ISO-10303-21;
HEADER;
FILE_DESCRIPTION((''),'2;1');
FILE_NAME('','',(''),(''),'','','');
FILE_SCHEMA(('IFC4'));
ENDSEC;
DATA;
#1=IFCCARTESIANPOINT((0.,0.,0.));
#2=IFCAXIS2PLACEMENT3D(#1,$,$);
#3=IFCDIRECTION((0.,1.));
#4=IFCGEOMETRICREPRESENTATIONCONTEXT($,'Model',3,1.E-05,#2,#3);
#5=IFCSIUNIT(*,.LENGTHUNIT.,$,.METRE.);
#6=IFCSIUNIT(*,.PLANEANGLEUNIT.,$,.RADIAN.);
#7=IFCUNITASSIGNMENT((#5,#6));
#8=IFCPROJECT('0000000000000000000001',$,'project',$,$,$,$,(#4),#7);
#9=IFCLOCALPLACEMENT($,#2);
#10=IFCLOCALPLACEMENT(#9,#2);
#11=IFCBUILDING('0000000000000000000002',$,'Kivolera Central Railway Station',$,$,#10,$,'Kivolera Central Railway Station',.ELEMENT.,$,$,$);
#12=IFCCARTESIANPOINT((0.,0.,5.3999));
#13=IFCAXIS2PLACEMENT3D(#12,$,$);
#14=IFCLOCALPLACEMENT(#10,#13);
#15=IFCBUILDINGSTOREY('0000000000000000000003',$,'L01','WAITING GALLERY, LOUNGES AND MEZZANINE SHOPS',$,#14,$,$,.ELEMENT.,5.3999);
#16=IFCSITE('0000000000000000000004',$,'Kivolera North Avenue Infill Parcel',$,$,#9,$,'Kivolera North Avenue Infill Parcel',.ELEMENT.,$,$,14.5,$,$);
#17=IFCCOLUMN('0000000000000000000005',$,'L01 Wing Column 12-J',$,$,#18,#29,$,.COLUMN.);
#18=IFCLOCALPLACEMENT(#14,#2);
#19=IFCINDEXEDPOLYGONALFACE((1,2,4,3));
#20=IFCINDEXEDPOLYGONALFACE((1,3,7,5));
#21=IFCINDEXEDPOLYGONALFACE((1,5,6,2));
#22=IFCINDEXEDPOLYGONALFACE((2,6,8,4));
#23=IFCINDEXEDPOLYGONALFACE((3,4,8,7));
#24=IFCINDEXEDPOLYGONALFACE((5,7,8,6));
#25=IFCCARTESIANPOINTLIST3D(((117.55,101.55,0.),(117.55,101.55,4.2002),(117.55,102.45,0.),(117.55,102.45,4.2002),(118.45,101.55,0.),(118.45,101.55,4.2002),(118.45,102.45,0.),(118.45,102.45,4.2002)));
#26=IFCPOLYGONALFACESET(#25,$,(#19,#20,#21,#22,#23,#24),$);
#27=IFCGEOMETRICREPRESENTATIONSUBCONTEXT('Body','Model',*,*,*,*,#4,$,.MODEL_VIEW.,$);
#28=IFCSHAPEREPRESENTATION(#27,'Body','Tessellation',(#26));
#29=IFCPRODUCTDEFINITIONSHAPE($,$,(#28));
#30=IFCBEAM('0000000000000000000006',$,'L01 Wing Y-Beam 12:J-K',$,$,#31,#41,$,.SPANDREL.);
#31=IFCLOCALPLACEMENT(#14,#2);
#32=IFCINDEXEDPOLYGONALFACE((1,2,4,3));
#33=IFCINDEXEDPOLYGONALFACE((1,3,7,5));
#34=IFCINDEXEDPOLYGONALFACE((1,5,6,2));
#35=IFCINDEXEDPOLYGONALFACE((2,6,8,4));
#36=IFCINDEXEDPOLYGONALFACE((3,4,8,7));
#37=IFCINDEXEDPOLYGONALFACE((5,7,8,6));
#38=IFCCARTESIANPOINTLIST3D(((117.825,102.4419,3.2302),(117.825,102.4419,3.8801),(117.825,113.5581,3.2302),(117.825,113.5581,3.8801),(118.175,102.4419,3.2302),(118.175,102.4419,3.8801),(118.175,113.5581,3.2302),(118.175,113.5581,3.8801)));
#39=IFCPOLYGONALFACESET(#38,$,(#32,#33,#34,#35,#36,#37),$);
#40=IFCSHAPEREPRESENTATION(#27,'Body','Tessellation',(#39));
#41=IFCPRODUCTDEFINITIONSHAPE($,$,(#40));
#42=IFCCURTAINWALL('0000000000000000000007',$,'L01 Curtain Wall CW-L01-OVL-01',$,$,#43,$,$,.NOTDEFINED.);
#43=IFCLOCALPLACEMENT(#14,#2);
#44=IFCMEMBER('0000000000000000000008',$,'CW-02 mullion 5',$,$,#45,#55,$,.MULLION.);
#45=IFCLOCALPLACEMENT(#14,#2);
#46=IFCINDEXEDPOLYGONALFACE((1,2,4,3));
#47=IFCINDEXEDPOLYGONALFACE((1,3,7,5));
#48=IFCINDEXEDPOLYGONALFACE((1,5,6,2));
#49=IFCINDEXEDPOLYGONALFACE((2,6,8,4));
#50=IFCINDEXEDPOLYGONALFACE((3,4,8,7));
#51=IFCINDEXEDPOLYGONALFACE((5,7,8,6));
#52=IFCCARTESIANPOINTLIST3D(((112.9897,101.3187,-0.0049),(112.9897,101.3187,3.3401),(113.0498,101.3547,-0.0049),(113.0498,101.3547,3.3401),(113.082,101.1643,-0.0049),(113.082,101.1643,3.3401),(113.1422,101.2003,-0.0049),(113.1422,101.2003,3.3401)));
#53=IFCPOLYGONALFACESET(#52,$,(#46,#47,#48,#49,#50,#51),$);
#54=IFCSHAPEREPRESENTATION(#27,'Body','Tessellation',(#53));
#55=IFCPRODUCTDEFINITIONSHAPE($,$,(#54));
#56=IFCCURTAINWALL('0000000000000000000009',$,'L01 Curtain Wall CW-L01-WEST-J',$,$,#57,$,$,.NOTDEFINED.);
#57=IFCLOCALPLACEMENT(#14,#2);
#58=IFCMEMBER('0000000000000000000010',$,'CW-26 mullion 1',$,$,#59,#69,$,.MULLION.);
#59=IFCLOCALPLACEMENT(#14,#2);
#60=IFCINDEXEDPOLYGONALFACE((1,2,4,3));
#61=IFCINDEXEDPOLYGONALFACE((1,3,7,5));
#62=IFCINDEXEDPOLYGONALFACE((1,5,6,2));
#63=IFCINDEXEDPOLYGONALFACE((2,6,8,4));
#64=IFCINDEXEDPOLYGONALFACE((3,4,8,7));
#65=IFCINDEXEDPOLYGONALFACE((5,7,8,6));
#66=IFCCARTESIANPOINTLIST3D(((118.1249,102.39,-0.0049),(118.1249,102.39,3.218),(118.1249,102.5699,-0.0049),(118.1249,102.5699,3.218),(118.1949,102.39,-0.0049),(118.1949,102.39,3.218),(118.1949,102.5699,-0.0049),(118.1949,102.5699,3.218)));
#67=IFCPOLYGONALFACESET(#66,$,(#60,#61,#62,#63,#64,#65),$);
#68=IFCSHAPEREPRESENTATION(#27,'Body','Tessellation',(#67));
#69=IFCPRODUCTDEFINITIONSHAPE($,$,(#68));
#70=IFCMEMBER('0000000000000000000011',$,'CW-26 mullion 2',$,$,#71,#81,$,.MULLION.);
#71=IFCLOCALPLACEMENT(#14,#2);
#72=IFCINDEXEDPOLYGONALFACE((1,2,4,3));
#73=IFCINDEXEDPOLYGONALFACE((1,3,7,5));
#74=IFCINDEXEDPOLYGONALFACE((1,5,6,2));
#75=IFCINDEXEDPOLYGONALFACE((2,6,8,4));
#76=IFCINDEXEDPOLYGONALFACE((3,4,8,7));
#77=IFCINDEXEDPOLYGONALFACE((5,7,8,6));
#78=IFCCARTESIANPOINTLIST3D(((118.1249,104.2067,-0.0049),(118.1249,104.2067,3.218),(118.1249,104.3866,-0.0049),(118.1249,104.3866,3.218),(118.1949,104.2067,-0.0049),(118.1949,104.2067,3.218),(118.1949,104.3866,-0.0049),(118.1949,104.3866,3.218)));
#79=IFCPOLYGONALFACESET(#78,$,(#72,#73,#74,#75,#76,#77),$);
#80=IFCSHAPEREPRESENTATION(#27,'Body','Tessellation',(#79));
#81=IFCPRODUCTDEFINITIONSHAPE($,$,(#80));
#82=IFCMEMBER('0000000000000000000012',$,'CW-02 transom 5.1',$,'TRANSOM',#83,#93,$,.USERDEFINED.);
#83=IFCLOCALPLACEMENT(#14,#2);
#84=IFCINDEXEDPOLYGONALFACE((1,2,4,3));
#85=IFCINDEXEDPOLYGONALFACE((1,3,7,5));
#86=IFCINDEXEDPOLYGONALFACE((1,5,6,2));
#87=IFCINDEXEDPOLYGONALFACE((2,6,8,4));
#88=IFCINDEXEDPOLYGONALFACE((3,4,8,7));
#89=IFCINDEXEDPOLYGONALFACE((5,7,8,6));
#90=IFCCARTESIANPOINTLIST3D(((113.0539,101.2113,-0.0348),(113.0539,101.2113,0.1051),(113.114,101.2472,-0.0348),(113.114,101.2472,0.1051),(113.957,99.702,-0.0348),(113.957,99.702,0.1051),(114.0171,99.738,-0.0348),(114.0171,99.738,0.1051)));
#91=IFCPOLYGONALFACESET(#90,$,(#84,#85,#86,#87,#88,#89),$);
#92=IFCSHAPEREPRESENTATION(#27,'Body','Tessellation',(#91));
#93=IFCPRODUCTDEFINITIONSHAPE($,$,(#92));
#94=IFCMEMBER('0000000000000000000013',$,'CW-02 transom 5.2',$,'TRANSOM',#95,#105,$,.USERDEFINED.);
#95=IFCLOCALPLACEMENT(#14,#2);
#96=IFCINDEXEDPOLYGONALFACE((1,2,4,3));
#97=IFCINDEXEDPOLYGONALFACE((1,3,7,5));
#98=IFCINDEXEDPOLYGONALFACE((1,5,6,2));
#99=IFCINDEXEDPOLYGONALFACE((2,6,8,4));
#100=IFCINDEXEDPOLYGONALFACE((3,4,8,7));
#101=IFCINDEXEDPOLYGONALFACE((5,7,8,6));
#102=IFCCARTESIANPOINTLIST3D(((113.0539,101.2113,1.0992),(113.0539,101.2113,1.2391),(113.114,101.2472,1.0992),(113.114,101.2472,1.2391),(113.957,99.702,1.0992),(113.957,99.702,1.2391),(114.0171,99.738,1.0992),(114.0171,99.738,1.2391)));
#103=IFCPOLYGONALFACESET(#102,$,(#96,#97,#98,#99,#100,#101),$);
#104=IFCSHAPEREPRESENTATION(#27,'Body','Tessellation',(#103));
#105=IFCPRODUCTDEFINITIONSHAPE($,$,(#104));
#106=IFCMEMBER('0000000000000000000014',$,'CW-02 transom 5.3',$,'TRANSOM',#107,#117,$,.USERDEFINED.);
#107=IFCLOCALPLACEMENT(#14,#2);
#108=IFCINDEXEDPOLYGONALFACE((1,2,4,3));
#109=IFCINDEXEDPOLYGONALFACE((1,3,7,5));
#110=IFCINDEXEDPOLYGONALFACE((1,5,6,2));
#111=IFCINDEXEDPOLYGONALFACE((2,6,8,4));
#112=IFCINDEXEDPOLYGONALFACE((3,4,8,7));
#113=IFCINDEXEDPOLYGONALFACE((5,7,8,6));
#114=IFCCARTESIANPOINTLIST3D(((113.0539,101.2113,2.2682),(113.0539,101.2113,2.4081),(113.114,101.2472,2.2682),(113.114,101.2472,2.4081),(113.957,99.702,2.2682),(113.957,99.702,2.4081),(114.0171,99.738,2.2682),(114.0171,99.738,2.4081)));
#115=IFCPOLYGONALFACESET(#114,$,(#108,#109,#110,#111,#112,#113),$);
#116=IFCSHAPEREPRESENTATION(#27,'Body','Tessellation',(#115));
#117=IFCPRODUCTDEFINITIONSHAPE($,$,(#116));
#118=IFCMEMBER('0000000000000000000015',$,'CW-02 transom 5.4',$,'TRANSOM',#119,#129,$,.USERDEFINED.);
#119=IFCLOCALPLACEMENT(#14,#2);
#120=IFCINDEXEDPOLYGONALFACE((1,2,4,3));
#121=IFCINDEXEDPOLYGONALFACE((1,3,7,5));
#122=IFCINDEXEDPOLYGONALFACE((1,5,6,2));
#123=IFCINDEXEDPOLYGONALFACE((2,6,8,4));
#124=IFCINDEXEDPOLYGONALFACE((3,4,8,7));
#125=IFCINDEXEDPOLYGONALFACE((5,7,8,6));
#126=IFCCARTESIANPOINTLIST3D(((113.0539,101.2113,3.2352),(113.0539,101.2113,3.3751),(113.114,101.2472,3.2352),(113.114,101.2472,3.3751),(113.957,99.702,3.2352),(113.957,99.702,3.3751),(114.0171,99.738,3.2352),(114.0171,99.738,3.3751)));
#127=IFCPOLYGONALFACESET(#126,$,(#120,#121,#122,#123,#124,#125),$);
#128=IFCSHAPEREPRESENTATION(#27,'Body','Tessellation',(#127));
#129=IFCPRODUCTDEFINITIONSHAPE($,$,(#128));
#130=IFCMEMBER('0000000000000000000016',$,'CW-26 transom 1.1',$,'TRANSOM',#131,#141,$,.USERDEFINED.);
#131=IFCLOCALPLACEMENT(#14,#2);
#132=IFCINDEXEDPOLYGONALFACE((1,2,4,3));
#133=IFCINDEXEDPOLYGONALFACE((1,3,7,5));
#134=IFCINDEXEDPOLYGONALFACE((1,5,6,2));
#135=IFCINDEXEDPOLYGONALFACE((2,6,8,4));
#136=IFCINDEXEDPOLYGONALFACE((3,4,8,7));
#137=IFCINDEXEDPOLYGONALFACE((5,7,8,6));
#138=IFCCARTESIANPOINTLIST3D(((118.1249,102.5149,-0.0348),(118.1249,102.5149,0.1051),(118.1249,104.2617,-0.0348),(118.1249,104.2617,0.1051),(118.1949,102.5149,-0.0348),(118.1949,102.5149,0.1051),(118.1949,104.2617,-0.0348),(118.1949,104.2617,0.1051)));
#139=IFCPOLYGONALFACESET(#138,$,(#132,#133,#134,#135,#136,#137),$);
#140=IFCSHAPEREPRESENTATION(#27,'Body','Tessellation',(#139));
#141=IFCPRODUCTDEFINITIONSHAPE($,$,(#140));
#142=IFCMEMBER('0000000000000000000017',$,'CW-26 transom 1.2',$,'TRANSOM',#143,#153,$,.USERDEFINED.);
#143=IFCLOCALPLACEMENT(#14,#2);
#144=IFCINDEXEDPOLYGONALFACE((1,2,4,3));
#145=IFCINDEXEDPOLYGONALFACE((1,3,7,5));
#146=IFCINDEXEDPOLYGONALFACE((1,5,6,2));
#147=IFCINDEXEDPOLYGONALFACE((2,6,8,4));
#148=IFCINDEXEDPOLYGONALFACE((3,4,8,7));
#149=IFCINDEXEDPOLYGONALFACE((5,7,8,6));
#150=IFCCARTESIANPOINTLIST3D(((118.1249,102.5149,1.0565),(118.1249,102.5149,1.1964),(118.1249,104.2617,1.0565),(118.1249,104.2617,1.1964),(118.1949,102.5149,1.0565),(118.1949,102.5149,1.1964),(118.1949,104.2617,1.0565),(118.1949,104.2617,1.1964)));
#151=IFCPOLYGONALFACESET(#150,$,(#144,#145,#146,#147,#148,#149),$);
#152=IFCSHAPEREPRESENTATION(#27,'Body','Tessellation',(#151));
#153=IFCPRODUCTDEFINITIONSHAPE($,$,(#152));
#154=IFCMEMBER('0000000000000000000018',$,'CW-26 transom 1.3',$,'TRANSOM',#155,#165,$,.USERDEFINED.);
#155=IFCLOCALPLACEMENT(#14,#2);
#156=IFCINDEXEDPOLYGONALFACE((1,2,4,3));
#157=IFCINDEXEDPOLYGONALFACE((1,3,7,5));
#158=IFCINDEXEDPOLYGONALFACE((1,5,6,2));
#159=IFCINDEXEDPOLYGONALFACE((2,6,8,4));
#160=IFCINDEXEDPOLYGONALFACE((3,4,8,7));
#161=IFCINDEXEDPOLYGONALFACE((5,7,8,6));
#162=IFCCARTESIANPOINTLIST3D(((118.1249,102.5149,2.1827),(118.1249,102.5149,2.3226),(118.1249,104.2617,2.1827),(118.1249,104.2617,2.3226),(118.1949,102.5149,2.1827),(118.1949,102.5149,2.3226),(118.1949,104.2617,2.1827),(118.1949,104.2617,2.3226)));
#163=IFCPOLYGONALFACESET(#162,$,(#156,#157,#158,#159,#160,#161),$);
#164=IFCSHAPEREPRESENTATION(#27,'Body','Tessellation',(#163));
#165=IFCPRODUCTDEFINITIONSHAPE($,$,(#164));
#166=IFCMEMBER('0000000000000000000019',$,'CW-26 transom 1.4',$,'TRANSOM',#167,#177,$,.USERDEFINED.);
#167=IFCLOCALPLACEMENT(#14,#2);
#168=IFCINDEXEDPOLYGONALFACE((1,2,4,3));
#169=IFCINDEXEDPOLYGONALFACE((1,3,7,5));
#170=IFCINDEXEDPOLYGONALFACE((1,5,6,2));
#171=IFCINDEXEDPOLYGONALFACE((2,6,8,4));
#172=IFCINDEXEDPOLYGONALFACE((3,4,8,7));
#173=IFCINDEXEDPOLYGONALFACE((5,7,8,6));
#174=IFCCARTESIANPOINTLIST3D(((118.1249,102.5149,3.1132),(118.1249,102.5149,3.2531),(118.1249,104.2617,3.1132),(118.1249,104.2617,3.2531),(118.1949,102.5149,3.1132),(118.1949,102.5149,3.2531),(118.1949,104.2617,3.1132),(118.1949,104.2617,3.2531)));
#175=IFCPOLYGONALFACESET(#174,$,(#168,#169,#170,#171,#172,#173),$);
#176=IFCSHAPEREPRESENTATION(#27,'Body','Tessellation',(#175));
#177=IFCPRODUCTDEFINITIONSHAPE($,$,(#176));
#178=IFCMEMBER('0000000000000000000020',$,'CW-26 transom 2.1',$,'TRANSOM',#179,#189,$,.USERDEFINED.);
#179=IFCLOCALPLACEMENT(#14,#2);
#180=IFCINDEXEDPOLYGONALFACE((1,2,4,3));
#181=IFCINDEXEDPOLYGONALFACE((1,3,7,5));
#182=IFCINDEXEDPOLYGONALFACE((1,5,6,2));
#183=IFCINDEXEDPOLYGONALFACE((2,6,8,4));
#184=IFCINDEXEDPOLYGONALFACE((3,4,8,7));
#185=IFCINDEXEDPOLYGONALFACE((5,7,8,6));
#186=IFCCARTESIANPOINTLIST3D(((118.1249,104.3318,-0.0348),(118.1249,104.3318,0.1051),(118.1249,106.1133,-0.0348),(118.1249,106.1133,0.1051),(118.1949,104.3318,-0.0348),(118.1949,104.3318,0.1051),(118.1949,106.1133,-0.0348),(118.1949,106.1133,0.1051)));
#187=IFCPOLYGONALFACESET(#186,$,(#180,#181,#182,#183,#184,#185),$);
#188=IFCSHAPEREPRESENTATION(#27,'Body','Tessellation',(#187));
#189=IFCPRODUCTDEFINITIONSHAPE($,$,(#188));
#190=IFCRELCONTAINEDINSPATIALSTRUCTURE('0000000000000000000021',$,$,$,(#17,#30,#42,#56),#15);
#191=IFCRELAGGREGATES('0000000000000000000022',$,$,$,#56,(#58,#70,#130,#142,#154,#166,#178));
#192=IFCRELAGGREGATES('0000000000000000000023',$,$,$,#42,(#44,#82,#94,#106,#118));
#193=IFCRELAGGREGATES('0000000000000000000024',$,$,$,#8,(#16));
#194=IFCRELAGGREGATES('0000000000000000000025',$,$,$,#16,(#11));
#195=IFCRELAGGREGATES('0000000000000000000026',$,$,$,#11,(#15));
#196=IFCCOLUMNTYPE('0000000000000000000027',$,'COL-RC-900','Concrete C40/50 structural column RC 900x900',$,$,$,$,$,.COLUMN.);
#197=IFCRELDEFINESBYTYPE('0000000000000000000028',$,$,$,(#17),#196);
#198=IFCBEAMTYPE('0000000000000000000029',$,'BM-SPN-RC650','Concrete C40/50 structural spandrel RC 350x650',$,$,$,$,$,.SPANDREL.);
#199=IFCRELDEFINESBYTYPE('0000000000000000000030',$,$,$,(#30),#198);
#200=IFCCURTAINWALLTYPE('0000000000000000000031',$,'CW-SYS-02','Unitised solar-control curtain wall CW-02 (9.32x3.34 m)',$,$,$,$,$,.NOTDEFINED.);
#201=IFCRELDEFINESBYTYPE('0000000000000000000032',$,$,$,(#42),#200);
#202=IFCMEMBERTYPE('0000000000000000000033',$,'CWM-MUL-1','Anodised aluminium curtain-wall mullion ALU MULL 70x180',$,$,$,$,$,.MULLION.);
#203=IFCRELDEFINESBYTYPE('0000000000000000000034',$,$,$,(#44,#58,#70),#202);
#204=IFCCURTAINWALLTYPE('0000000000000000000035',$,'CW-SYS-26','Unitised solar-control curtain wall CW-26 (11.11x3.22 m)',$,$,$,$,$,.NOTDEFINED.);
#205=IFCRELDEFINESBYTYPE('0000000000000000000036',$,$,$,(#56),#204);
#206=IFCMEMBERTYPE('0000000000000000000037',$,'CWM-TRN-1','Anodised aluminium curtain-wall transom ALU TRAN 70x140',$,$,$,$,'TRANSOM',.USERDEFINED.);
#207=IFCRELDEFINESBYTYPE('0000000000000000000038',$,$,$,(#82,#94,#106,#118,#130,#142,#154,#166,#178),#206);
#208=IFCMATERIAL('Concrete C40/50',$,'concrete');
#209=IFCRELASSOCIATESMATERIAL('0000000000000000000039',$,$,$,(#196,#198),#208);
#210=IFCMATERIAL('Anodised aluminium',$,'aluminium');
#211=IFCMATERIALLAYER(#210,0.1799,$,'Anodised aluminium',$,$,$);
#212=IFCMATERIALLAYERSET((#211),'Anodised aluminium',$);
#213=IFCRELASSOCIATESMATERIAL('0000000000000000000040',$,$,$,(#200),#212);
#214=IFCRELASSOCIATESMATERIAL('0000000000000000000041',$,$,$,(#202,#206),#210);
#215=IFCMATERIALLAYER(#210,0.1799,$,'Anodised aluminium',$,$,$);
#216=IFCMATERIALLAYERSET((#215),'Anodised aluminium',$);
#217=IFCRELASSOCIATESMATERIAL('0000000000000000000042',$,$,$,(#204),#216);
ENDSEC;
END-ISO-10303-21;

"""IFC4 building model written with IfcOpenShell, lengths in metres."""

from ifc_helpers import new_model, si_unit, direction, frame, origin, origin_2d, place, context, subcontext, project, spatial, rectangle, extrude, material, layer, layer_set, material_profile, profile_set, type_object, element, aggregate, save


model = new_model("IFC4")

# Units and contexts
model_context = context("Model", 3, precision=1e-05, world=origin(), true_north=direction((0.0, 1.0)))
body_context = subcontext(model_context, "Body", "Model", "MODEL_VIEW")
ifc_project = project(units=[si_unit("LENGTHUNIT", "METRE"), si_unit("PLANEANGLEUNIT", "RADIAN")], contexts=[model_context])

# Site, building, storey
site_placement = place(None, origin())
site = spatial("IfcSite", under=ifc_project, at=site_placement, Name="Kivolera North Avenue Infill Parcel", LongName="Kivolera North Avenue Infill Parcel", CompositionType="ELEMENT", RefElevation=14.5)
building_placement = place(site_placement, origin())
building = spatial("IfcBuilding", under=site, at=building_placement, Name="Kivolera Central Railway Station", LongName="Kivolera Central Railway Station", CompositionType="ELEMENT")
storey_placement = place(building_placement, frame((0.0, 0.0, 5.3999)))
storey = spatial("IfcBuildingStorey", under=building, at=storey_placement, Name="L01", Description="WAITING GALLERY, LOUNGES AND MEZZANINE SHOPS", CompositionType="ELEMENT", Elevation=5.3999)

# Column
ifc_material_1 = material(Name="Concrete C40/50", Category="concrete")
ifc_material_profile_1 = material_profile(ifc_material_1, rectangle(XDim=0.8999, YDim=0.8999, at=origin_2d()), Name="RC 900x900")
ifc_profile_set_1 = profile_set([ifc_material_profile_1], Name="Concrete C40/50")
column_type = type_object("IfcColumnType", Name="COL-RC-900", Description="Concrete C40/50 structural column RC 900x900", PredefinedType="COLUMN", material=ifc_profile_set_1)
column_placement = place(storey_placement, frame((118.0, 102.0, 0.0), z_axis=(0.0, 0.0, 1.0), x_axis=(1.0, 0.0, 0.0)))
element("IfcColumn", 1, at=column_placement, inside=storey, type_object=column_type, Name="L01 Wing Column 12-J", PredefinedType="COLUMN", context=body_context, shape_type="SweptSolid", body=[
    extrude(rectangle(XDim=0.8999, YDim=0.8999, at=origin_2d()), origin(), (0.0, 0.0, 1.0), 4.2002),
])

# Beam
ifc_material_profile_2 = material_profile(ifc_material_1, rectangle(XDim=0.3501, YDim=0.6499, at=origin_2d()), Name="RC 350x650")
ifc_profile_set_2 = profile_set([ifc_material_profile_2], Name="Concrete C40/50")
beam_type = type_object("IfcBeamType", Name="BM-SPN-RC650", Description="Concrete C40/50 structural spandrel RC 350x650", PredefinedType="SPANDREL", material=ifc_profile_set_2)
beam_placement = place(storey_placement, frame((118.0, 102.4419, 3.5552), z_axis=(0.0, 1.0, 0.0), x_axis=(-1.0, 0.0, 0.0)))
element("IfcBeam", 2, at=beam_placement, inside=storey, type_object=beam_type, Name="L01 Wing Y-Beam 12:J-K", PredefinedType="SPANDREL", context=body_context, shape_type="SweptSolid", body=[
    extrude(rectangle(XDim=0.3501, YDim=0.6499, at=origin_2d()), origin(), (0.0, 0.0, 1.0), 11.1162),
])

# Curtain wall, member
ifc_material_2 = material(Name="Anodised aluminium", Category="aluminium")
ifc_layer_1 = layer(ifc_material_2, 0.1799, Name="Anodised aluminium")
ifc_layer_set_1 = layer_set([ifc_layer_1], Name="Anodised aluminium")
curtain_wall_type_1 = type_object("IfcCurtainWallType", Name="CW-SYS-02", Description="Unitised solar-control curtain wall CW-02 (9.32x3.34 m)", PredefinedType="NOTDEFINED", material=ifc_layer_set_1)
curtain_wall_1_placement = place(storey_placement, origin())
curtain_wall_1 = element("IfcCurtainWall", 3, at=curtain_wall_1_placement, inside=storey, type_object=curtain_wall_type_1, Name="L01 Curtain Wall CW-L01-OVL-01", PredefinedType="NOTDEFINED")
ifc_material_profile_3 = material_profile(ifc_material_2, rectangle(XDim=0.0701, YDim=0.1799, at=origin_2d()), Name="ALU MULL 70x180")
ifc_profile_set_3 = profile_set([ifc_material_profile_3], Name="Anodised aluminium")
member_type_1 = type_object("IfcMemberType", Name="CWM-MUL-1", Description="Anodised aluminium curtain-wall mullion ALU MULL 70x180", PredefinedType="MULLION", material=ifc_profile_set_3)
member_1_placement = place(storey_placement, frame((113.0659, 101.2595, -0.0049), z_axis=(0.0, 0.0, 1.0), x_axis=(0.858117, 0.513454, 0.0)))
member_1 = element("IfcMember", 4, at=member_1_placement, type_object=member_type_1, Name="CW-02 mullion 5", PredefinedType="MULLION", context=body_context, shape_type="SweptSolid", body=[
    extrude(rectangle(XDim=0.0701, YDim=0.1799, at=origin_2d()), origin(), (0.0, 0.0, 1.0), 3.345),
])

# Curtain wall, members
ifc_layer_2 = layer(ifc_material_2, 0.1799, Name="Anodised aluminium")
ifc_layer_set_2 = layer_set([ifc_layer_2], Name="Anodised aluminium")
curtain_wall_type_2 = type_object("IfcCurtainWallType", Name="CW-SYS-26", Description="Unitised solar-control curtain wall CW-26 (11.11x3.22 m)", PredefinedType="NOTDEFINED", material=ifc_layer_set_2)
curtain_wall_2_placement = place(storey_placement, origin())
curtain_wall_2 = element("IfcCurtainWall", 5, at=curtain_wall_2_placement, inside=storey, type_object=curtain_wall_type_2, Name="L01 Curtain Wall CW-L01-WEST-J", PredefinedType="NOTDEFINED")
member_2_placement = place(storey_placement, frame((118.1599, 102.48, -0.0049), z_axis=(0.0, 0.0, 1.0), x_axis=(-1.0, 0.0, 0.0)))
member_2 = element("IfcMember", 6, at=member_2_placement, type_object=member_type_1, Name="CW-26 mullion 1", PredefinedType="MULLION", context=body_context, shape_type="SweptSolid", body=[
    extrude(rectangle(XDim=0.0701, YDim=0.1799, at=origin_2d()), origin(), (0.0, 0.0, 1.0), 3.2229),
])
member_3_placement = place(storey_placement, frame((118.1599, 104.2966, -0.0049), z_axis=(0.0, 0.0, 1.0), x_axis=(-1.0, 0.0, 0.0)))
member_3 = element("IfcMember", 7, at=member_3_placement, type_object=member_type_1, Name="CW-26 mullion 2", PredefinedType="MULLION", context=body_context, shape_type="SweptSolid", body=[
    extrude(rectangle(XDim=0.0701, YDim=0.1799, at=origin_2d()), origin(), (0.0, 0.0, 1.0), 3.2229),
])

# Members
ifc_material_profile_4 = material_profile(ifc_material_2, rectangle(XDim=0.0701, YDim=0.1399, at=origin_2d()), Name="ALU TRAN 70x140")
ifc_profile_set_4 = profile_set([ifc_material_profile_4], Name="Anodised aluminium")
member_type_2 = type_object("IfcMemberType", Name="CWM-TRN-1", Description="Anodised aluminium curtain-wall transom ALU TRAN 70x140", ElementType="TRANSOM", PredefinedType="USERDEFINED", material=ifc_profile_set_4)
member_4_placement = place(storey_placement, frame((113.084, 101.2292, 0.0352), z_axis=(0.513454, -0.858117, 0.0), x_axis=(0.858117, 0.513454, 0.0)))
member_4 = element("IfcMember", 8, at=member_4_placement, type_object=member_type_2, Name="CW-02 transom 5.1", ObjectType="TRANSOM", PredefinedType="USERDEFINED", context=body_context, shape_type="SweptSolid", body=[
    extrude(rectangle(XDim=0.0701, YDim=0.1399, at=origin_2d()), origin(), (0.0, 0.0, 1.0), 1.7588),
])
member_5_placement = place(storey_placement, frame((113.084, 101.2292, 1.1692), z_axis=(0.513454, -0.858117, 0.0), x_axis=(0.858117, 0.513454, 0.0)))
member_5 = element("IfcMember", 9, at=member_5_placement, type_object=member_type_2, Name="CW-02 transom 5.2", ObjectType="TRANSOM", PredefinedType="USERDEFINED", context=body_context, shape_type="SweptSolid", body=[
    extrude(rectangle(XDim=0.0701, YDim=0.1399, at=origin_2d()), origin(), (0.0, 0.0, 1.0), 1.7588),
])
member_6_placement = place(storey_placement, frame((113.084, 101.2292, 2.3381), z_axis=(0.513454, -0.858117, 0.0), x_axis=(0.858117, 0.513454, 0.0)))
member_6 = element("IfcMember", 10, at=member_6_placement, type_object=member_type_2, Name="CW-02 transom 5.3", ObjectType="TRANSOM", PredefinedType="USERDEFINED", context=body_context, shape_type="SweptSolid", body=[
    extrude(rectangle(XDim=0.0701, YDim=0.1399, at=origin_2d()), origin(), (0.0, 0.0, 1.0), 1.7588),
])
member_7_placement = place(storey_placement, frame((113.084, 101.2292, 3.3052), z_axis=(0.513454, -0.858117, 0.0), x_axis=(0.858117, 0.513454, 0.0)))
member_7 = element("IfcMember", 11, at=member_7_placement, type_object=member_type_2, Name="CW-02 transom 5.4", ObjectType="TRANSOM", PredefinedType="USERDEFINED", context=body_context, shape_type="SweptSolid", body=[
    extrude(rectangle(XDim=0.0701, YDim=0.1399, at=origin_2d()), origin(), (0.0, 0.0, 1.0), 1.7588),
])
member_8_placement = place(storey_placement, frame((118.1599, 102.5149, 0.0352), z_axis=(0.0, 1.0, 0.0), x_axis=(-1.0, 0.0, 0.0)))
member_8 = element("IfcMember", 12, at=member_8_placement, type_object=member_type_2, Name="CW-26 transom 1.1", ObjectType="TRANSOM", PredefinedType="USERDEFINED", context=body_context, shape_type="SweptSolid", body=[
    extrude(rectangle(XDim=0.0701, YDim=0.1399, at=origin_2d()), origin(), (0.0, 0.0, 1.0), 1.7468),
])
member_9_placement = place(storey_placement, frame((118.1599, 102.5149, 1.1265), z_axis=(0.0, 1.0, 0.0), x_axis=(-1.0, 0.0, 0.0)))
member_9 = element("IfcMember", 13, at=member_9_placement, type_object=member_type_2, Name="CW-26 transom 1.2", ObjectType="TRANSOM", PredefinedType="USERDEFINED", context=body_context, shape_type="SweptSolid", body=[
    extrude(rectangle(XDim=0.0701, YDim=0.1399, at=origin_2d()), origin(), (0.0, 0.0, 1.0), 1.7468),
])
member_10_placement = place(storey_placement, frame((118.1599, 102.5149, 2.2527), z_axis=(0.0, 1.0, 0.0), x_axis=(-1.0, 0.0, 0.0)))
member_10 = element("IfcMember", 14, at=member_10_placement, type_object=member_type_2, Name="CW-26 transom 1.3", ObjectType="TRANSOM", PredefinedType="USERDEFINED", context=body_context, shape_type="SweptSolid", body=[
    extrude(rectangle(XDim=0.0701, YDim=0.1399, at=origin_2d()), origin(), (0.0, 0.0, 1.0), 1.7468),
])
member_11_placement = place(storey_placement, frame((118.1599, 102.5149, 3.1831), z_axis=(0.0, 1.0, 0.0), x_axis=(-1.0, 0.0, 0.0)))
member_11 = element("IfcMember", 15, at=member_11_placement, type_object=member_type_2, Name="CW-26 transom 1.4", ObjectType="TRANSOM", PredefinedType="USERDEFINED", context=body_context, shape_type="SweptSolid", body=[
    extrude(rectangle(XDim=0.0701, YDim=0.1399, at=origin_2d()), origin(), (0.0, 0.0, 1.0), 1.7468),
])
member_12_placement = place(storey_placement, frame((118.1599, 104.3318, 0.0352), z_axis=(0.0, 1.0, 0.0), x_axis=(-1.0, 0.0, 0.0)))
member_12 = element("IfcMember", 16, at=member_12_placement, type_object=member_type_2, Name="CW-26 transom 2.1", ObjectType="TRANSOM", PredefinedType="USERDEFINED", context=body_context, shape_type="SweptSolid", body=[
    extrude(rectangle(XDim=0.0701, YDim=0.1399, at=origin_2d()), origin(), (0.0, 0.0, 1.0), 1.7815),
])

aggregate(curtain_wall_2, [member_2, member_3, member_8, member_9, member_10, member_11, member_12])
aggregate(curtain_wall_1, [member_1, member_4, member_5, member_6, member_7])

save(model, "model.ifc")
